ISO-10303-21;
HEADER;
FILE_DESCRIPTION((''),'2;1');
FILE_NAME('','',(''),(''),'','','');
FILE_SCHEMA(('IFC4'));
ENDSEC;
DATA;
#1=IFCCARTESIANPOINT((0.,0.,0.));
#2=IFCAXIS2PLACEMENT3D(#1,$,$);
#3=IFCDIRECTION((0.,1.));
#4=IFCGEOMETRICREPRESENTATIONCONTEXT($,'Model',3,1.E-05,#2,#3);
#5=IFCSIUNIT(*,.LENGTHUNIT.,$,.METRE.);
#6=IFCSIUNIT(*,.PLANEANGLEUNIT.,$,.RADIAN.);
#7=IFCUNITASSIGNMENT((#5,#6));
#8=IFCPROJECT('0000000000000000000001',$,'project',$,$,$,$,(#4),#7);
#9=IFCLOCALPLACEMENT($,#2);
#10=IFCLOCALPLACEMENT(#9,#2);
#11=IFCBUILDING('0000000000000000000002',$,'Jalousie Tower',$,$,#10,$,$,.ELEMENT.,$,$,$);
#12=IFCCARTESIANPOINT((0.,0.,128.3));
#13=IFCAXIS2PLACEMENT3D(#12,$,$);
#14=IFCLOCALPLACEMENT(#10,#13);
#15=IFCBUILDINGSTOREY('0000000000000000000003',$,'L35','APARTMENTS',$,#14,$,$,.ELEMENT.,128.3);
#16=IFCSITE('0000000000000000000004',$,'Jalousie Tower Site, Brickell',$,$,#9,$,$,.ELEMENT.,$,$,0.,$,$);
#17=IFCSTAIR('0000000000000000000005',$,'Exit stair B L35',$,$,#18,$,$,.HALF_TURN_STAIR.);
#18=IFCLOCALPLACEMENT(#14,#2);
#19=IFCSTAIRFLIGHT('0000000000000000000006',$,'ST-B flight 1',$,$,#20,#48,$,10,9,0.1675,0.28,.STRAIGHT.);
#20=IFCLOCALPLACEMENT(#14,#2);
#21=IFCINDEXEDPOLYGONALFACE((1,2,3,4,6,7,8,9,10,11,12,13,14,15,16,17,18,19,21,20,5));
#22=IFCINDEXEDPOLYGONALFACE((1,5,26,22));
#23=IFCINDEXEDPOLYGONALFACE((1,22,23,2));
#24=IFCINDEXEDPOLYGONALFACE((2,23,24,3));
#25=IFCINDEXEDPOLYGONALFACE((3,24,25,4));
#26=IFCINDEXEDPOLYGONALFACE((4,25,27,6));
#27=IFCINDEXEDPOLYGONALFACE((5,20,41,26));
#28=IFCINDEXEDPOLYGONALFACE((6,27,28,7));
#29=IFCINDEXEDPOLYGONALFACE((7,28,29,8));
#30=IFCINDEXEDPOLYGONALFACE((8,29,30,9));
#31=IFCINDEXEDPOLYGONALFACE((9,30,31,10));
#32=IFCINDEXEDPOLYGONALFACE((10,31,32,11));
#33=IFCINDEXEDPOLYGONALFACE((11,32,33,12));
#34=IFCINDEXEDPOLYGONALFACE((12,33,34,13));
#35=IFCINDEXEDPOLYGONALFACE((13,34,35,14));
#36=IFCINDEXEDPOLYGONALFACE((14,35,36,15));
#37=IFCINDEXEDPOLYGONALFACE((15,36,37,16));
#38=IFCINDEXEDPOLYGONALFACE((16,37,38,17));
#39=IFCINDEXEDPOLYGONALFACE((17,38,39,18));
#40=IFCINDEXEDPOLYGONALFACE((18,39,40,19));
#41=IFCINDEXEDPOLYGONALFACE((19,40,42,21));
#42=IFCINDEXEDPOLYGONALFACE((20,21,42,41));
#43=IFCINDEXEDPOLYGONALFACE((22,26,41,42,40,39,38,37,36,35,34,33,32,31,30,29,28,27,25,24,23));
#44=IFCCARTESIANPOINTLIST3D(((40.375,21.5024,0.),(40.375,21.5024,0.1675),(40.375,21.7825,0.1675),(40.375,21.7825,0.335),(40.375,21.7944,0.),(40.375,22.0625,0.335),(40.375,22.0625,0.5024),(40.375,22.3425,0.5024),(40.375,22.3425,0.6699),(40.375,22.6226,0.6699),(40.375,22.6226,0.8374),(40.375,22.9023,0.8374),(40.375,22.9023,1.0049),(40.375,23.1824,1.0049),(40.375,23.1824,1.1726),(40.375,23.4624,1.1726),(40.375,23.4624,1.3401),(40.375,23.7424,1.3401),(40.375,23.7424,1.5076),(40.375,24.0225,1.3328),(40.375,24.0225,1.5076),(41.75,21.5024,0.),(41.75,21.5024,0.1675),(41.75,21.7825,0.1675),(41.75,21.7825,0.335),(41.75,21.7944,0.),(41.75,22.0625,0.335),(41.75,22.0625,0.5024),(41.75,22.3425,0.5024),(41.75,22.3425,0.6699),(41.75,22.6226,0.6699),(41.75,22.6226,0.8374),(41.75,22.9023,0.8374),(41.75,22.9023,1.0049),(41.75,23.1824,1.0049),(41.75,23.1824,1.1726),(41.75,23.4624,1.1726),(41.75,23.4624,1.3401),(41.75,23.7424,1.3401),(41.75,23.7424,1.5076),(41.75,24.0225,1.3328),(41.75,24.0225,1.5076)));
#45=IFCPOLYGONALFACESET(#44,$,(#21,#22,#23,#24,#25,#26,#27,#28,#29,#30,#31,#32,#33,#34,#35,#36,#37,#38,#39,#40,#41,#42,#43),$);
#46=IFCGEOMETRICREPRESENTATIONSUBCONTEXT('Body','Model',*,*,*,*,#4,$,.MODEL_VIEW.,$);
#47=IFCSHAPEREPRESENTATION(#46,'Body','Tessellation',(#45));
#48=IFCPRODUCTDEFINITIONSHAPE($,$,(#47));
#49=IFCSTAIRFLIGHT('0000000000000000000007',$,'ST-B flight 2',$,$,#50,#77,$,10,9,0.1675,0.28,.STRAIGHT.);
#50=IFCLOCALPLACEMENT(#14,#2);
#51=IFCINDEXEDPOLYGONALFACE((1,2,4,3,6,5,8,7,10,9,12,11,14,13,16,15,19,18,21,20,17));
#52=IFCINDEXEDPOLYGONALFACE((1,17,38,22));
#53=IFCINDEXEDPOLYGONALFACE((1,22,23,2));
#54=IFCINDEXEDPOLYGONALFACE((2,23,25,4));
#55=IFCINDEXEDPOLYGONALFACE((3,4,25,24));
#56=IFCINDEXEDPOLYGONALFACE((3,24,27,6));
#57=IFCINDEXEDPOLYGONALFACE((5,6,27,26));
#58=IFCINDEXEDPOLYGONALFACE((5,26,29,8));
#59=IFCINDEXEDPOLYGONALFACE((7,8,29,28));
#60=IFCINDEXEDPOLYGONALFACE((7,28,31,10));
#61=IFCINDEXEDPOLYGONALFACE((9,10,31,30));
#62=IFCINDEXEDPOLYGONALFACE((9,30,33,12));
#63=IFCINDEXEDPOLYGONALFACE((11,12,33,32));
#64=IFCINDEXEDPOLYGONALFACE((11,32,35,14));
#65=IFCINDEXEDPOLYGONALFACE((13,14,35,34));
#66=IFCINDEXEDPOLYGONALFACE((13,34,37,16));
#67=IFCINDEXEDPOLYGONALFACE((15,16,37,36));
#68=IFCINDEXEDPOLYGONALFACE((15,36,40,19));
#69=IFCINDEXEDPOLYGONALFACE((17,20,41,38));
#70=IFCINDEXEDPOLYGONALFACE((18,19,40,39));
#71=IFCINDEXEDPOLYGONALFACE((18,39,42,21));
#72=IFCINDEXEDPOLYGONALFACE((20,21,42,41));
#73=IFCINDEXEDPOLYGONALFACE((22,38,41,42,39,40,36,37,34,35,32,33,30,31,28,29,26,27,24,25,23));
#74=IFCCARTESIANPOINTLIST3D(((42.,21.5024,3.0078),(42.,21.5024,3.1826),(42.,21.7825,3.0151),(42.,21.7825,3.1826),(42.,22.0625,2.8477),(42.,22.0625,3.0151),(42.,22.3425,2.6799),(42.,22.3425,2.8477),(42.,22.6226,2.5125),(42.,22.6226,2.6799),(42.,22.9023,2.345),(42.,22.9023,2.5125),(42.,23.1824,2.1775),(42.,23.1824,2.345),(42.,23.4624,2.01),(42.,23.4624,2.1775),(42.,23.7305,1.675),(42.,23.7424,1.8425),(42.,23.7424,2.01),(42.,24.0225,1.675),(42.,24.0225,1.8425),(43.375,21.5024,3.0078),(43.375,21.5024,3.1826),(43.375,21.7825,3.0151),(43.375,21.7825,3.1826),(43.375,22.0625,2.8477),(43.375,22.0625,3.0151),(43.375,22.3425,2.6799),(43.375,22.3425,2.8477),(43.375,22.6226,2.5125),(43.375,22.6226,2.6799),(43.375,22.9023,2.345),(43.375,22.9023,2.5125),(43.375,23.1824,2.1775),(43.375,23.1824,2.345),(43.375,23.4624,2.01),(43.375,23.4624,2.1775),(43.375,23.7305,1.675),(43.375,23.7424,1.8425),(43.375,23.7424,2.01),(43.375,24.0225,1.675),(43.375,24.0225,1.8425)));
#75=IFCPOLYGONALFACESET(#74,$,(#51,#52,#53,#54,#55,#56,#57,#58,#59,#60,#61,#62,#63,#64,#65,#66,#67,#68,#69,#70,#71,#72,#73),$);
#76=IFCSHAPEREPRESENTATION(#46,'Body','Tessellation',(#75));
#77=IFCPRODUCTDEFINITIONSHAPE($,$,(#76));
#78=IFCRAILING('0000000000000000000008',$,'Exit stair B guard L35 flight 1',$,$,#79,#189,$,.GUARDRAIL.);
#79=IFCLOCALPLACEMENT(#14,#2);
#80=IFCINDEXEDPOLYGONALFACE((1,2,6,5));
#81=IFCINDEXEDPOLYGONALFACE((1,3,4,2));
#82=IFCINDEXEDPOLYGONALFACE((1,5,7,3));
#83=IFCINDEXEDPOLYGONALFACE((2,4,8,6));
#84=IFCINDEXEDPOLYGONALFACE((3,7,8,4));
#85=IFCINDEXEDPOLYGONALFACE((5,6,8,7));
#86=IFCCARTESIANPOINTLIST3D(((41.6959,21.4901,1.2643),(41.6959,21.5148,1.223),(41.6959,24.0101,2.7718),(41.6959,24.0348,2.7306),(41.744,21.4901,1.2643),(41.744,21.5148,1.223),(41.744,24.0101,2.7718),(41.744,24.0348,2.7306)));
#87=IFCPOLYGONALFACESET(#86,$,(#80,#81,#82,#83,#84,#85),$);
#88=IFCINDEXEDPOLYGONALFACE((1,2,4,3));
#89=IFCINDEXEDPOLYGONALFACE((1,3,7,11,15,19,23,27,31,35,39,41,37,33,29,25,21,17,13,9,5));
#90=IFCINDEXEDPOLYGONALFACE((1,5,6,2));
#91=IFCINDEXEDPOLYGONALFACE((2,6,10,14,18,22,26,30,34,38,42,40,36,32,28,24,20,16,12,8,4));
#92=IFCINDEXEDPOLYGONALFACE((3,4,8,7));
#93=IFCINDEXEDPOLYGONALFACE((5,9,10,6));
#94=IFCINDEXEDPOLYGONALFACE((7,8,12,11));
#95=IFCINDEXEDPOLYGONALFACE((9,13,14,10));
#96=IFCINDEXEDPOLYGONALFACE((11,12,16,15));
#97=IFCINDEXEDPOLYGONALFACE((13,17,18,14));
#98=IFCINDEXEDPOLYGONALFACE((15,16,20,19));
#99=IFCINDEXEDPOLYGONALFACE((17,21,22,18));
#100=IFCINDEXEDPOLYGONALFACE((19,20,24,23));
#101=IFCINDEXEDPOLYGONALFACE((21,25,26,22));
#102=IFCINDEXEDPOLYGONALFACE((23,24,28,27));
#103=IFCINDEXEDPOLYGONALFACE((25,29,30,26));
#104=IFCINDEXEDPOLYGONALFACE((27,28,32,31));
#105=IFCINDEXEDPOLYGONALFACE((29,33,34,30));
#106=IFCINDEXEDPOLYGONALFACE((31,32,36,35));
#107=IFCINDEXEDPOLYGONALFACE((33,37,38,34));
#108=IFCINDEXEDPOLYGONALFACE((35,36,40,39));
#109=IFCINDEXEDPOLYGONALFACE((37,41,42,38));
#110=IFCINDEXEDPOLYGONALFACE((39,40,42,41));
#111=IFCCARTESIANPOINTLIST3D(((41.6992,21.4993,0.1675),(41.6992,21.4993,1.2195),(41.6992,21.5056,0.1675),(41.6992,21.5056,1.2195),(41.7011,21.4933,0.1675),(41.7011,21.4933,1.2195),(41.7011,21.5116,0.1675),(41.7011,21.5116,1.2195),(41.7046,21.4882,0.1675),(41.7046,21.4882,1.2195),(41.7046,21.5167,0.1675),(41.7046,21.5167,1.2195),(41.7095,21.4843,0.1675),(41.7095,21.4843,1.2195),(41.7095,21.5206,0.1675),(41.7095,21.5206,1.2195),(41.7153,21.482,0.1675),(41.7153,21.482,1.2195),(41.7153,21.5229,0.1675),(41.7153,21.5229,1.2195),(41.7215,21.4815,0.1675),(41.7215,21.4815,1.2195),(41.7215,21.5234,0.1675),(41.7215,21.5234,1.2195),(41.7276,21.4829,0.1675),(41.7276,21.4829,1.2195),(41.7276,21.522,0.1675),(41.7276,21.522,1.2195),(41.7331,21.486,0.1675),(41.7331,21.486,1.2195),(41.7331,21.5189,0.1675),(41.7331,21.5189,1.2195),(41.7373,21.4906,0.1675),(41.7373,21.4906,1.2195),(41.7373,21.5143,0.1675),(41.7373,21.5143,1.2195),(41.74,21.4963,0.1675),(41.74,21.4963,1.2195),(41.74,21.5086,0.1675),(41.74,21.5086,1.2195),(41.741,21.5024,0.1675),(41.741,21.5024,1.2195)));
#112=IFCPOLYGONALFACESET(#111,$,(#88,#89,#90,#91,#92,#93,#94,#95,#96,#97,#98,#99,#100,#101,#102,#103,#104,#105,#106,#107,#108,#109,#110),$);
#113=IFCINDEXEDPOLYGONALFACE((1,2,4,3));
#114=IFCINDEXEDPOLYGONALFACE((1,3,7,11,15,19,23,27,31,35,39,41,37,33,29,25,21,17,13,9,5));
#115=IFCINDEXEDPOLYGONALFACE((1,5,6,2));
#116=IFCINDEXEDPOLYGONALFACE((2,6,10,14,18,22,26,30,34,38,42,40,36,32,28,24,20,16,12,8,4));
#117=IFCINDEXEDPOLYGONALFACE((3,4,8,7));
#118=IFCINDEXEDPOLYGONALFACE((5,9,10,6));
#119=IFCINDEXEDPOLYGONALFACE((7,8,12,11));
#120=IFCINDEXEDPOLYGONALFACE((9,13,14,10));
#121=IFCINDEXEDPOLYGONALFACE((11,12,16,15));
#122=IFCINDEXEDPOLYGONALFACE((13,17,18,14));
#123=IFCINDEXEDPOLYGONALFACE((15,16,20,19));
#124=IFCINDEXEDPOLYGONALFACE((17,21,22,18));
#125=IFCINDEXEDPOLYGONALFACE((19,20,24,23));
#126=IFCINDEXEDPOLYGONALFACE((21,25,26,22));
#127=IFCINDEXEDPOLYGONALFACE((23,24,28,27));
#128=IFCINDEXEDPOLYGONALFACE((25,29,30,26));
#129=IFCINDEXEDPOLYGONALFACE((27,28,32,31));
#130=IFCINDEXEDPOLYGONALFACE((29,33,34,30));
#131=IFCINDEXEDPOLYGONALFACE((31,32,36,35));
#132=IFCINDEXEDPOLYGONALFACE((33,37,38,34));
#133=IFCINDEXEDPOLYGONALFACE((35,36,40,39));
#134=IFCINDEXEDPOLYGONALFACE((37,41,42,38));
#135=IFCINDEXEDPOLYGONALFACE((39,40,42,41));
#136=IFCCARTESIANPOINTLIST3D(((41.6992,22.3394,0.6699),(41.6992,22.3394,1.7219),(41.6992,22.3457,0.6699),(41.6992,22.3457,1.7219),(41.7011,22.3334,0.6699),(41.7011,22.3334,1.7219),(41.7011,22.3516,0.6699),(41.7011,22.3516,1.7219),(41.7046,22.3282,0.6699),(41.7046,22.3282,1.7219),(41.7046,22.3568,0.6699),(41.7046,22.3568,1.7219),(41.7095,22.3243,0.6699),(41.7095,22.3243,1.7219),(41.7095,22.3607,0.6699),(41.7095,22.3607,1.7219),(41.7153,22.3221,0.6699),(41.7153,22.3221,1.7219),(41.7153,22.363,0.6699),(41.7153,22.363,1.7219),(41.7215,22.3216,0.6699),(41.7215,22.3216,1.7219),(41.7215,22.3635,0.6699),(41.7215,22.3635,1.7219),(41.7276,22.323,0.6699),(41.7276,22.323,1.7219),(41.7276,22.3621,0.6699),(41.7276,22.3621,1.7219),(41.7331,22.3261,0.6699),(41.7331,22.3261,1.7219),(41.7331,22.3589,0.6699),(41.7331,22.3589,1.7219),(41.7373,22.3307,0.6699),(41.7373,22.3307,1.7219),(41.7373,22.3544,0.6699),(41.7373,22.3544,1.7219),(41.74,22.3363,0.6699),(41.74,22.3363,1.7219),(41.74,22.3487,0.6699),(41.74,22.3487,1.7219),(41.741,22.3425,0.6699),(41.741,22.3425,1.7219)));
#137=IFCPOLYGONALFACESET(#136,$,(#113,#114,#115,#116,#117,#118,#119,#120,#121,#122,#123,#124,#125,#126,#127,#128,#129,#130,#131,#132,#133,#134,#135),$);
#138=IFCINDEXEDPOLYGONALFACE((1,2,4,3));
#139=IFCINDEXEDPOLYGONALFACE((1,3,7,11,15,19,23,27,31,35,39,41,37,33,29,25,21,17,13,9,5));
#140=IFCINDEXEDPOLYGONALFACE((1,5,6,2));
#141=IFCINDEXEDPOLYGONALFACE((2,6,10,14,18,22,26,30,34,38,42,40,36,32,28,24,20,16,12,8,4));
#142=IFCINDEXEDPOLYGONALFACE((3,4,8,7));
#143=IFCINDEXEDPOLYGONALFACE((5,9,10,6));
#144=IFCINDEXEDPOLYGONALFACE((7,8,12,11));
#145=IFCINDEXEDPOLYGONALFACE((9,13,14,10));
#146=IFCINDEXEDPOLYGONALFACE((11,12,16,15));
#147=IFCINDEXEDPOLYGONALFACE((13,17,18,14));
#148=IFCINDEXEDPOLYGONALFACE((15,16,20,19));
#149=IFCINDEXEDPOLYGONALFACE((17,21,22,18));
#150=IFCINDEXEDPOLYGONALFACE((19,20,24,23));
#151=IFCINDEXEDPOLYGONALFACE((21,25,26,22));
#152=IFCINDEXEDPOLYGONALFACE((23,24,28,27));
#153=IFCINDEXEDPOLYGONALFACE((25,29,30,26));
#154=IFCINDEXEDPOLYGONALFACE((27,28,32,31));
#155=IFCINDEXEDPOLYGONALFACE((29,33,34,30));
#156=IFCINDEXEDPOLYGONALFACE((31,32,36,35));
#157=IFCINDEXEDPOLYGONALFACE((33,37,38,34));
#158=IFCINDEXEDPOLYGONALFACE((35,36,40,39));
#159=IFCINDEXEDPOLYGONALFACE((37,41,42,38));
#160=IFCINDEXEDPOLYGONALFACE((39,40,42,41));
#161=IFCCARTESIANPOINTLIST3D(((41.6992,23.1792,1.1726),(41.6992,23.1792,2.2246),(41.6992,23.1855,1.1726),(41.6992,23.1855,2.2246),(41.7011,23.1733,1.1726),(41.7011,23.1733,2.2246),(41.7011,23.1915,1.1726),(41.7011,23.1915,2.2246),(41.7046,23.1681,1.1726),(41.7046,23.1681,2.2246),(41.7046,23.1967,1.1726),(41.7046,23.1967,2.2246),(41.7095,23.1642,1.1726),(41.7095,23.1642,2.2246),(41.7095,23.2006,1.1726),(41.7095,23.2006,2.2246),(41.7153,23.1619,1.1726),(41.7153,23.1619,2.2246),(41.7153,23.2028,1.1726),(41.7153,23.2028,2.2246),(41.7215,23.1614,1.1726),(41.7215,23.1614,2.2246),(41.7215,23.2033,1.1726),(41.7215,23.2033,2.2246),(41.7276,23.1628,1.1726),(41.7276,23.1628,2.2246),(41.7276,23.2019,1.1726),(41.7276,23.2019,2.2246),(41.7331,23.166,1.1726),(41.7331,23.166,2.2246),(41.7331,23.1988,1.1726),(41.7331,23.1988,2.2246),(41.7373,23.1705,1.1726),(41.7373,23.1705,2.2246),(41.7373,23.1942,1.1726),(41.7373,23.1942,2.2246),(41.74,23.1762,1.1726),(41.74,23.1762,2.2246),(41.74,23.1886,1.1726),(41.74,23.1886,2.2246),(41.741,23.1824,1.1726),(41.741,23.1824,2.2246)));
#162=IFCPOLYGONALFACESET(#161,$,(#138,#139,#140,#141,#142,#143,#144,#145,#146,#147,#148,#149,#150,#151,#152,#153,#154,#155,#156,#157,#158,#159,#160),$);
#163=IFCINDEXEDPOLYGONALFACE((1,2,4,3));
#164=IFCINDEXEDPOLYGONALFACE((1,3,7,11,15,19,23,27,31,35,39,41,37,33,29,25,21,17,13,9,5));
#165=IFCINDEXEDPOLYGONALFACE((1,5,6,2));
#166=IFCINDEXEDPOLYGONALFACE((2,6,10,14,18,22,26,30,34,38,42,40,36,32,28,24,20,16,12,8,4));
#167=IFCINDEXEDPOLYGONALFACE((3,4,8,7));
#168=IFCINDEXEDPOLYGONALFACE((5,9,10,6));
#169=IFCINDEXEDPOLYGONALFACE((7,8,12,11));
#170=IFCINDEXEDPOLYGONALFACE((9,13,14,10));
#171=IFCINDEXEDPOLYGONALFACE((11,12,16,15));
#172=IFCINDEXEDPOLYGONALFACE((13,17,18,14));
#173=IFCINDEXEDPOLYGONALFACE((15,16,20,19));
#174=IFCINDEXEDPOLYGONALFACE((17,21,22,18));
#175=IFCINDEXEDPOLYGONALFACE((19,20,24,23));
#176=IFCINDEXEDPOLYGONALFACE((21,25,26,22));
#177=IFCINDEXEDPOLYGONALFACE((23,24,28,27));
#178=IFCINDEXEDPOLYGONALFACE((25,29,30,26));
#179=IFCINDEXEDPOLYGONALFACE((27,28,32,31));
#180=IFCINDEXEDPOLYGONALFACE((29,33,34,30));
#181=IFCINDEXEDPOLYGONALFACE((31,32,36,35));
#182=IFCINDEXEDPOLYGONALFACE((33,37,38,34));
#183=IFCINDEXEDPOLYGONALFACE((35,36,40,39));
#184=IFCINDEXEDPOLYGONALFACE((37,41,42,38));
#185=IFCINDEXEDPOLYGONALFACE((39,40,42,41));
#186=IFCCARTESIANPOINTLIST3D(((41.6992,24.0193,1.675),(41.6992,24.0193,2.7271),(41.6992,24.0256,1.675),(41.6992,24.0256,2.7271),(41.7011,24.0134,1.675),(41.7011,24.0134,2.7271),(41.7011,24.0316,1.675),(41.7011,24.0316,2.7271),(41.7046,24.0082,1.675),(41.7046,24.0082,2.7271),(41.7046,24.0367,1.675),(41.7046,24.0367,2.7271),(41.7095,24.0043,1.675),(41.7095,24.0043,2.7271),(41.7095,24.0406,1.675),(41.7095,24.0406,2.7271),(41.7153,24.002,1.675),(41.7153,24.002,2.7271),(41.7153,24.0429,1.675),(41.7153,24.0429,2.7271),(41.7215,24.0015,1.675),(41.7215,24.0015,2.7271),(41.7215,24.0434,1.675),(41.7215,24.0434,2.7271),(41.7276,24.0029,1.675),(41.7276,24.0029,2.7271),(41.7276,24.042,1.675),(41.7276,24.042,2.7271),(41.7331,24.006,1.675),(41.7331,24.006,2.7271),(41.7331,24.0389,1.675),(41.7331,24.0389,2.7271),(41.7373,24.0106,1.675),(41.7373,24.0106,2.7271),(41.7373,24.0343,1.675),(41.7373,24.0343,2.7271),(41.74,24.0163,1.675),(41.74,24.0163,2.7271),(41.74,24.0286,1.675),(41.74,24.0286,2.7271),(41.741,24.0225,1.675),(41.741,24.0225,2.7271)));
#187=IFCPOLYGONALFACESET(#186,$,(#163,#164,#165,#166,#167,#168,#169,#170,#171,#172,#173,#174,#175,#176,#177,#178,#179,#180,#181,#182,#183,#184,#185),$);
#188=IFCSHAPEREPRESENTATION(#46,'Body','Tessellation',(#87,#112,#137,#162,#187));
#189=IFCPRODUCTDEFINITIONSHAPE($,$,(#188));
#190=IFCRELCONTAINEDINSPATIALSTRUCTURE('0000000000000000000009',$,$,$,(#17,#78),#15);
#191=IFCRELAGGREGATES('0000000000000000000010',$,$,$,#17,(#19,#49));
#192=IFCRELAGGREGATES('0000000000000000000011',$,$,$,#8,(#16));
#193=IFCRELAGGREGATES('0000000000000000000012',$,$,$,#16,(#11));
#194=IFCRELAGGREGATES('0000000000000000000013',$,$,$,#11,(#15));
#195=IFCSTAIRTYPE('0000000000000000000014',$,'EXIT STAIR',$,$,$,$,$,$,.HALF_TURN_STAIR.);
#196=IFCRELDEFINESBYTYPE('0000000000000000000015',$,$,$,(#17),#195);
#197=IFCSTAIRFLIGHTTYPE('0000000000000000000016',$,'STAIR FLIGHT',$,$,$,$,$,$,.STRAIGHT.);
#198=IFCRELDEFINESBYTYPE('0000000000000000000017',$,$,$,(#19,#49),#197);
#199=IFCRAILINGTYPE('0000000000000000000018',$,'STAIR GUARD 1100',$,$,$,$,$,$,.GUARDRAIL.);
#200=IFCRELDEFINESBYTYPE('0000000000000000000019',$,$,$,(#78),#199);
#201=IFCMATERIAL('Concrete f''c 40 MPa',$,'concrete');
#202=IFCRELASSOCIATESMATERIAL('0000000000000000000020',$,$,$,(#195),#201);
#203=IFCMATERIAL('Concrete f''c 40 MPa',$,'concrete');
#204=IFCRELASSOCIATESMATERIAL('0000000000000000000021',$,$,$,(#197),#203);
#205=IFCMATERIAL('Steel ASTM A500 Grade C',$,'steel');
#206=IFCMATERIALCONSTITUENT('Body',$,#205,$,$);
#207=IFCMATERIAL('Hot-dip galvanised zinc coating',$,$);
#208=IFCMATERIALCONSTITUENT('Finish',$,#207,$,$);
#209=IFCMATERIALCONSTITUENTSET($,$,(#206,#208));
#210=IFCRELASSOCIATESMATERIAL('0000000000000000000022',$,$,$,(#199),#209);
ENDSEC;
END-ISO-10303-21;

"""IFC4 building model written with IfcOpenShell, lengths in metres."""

from ifc_helpers import new_model, si_unit, direction, frame, origin, origin_2d, place, context, subcontext, project, spatial, polyline, rectangle, circle, outline, extrude, material, constituent, constituent_set, type_object, element, aggregate, save


model = new_model("IFC4")

# Units and contexts
model_context = context("Model", 3, precision=1e-05, world=origin(), true_north=direction((0.0, 1.0)))
body_context = subcontext(model_context, "Body", "Model", "MODEL_VIEW")
ifc_project = project(units=[si_unit("LENGTHUNIT", "METRE"), si_unit("PLANEANGLEUNIT", "RADIAN")], contexts=[model_context])

# Site, building, storey
site_placement = place(None, origin())
site = spatial("IfcSite", under=ifc_project, at=site_placement, Name="Jalousie Tower Site, Brickell", CompositionType="ELEMENT", RefElevation=0.0)
building_placement = place(site_placement, origin())
building = spatial("IfcBuilding", under=site, at=building_placement, Name="Jalousie Tower", CompositionType="ELEMENT")
storey_placement = place(building_placement, frame((0.0, 0.0, 128.3)))
storey = spatial("IfcBuildingStorey", under=building, at=storey_placement, Name="L35", Description="APARTMENTS", CompositionType="ELEMENT", Elevation=128.3)

# Stair, stair flights
ifc_material_1 = material(Name="Concrete f'c 40 MPa", Category="concrete")
stair_type = type_object("IfcStairType", Name="EXIT STAIR", PredefinedType="HALF_TURN_STAIR", material=ifc_material_1)
stair_placement = place(storey_placement, origin())
stair = element("IfcStair", 1, at=stair_placement, inside=storey, type_object=stair_type, Name="Exit stair B L35", PredefinedType="HALF_TURN_STAIR")
ifc_material_2 = material(Name="Concrete f'c 40 MPa", Category="concrete")
stair_flight_type = type_object("IfcStairFlightType", Name="STAIR FLIGHT", PredefinedType="STRAIGHT", material=ifc_material_2)
stair_flight_1_placement = place(storey_placement, frame((41.0625, 21.5024, 0.0), z_axis=(0.0, 0.0, 1.0), x_axis=(0.0, 1.0, 0.0)))
stair_flight_1 = element("IfcStairFlight", 2, at=stair_flight_1_placement, type_object=stair_flight_type, Name="ST-B flight 1", NumberOfRisers=10, NumberOfTreads=9, PredefinedType="STRAIGHT", RiserHeight=0.1675, TreadLength=0.28, context=body_context, shape_type="SweptSolid", body=[
    extrude(outline(polyline([(0.0, 0.0), (0.0, 0.1675), (0.28, 0.1675), (0.28, 0.335), (0.5601, 0.335), (0.5601, 0.5024), (0.8401, 0.5024), (0.8401, 0.6699), (1.1201, 0.6699), (1.1201, 0.8374), (1.3999, 0.8374), (1.3999, 1.0049), (1.6799, 1.0049), (1.6799, 1.1726), (1.96, 1.1726), (1.96, 1.3401), (2.24, 1.3401), (2.24, 1.5076), (2.52, 1.5076), (2.52, 1.675), (2.52, 1.3328), (0.292, 0.0), (0.0, 0.0)])), frame((0.0, 0.6875, 0.0), z_axis=(0.0, -1.0, 0.0), x_axis=(1.0, 0.0, 0.0)), (0.0, 0.0, 1.0), 1.375),
])
stair_flight_2_placement = place(storey_placement, frame((42.6875, 24.0225, 1.675), z_axis=(0.0, 0.0, 1.0), x_axis=(0.0, -1.0, 0.0)))
stair_flight_2 = element("IfcStairFlight", 3, at=stair_flight_2_placement, type_object=stair_flight_type, Name="ST-B flight 2", NumberOfRisers=10, NumberOfTreads=9, PredefinedType="STRAIGHT", RiserHeight=0.1675, TreadLength=0.28, context=body_context, shape_type="SweptSolid", body=[
    extrude(outline(polyline([(0.0, 0.0), (0.0, 0.1675), (0.28, 0.1675), (0.28, 0.335), (0.5601, 0.335), (0.5601, 0.5024), (0.8401, 0.5024), (0.8401, 0.6699), (1.1201, 0.6699), (1.1201, 0.8374), (1.3999, 0.8374), (1.3999, 1.0049), (1.6799, 1.0049), (1.6799, 1.1726), (1.96, 1.1726), (1.96, 1.3401), (2.24, 1.3401), (2.24, 1.5076), (2.52, 1.5076), (2.52, 1.675), (2.52, 1.3328), (0.292, 0.0), (0.0, 0.0)])), frame((0.0, 0.6875, 0.0), z_axis=(0.0, -1.0, 0.0), x_axis=(1.0, 0.0, 0.0)), (0.0, 0.0, 1.0), 1.375),
])
aggregate(stair, [stair_flight_1, stair_flight_2])

# Railing
ifc_material_3 = material(Name="Steel ASTM A500 Grade C", Category="steel")
ifc_constituent_1 = constituent(ifc_material_3, Name="Body")
ifc_material_4 = material(Name="Hot-dip galvanised zinc coating")
ifc_constituent_2 = constituent(ifc_material_4, Name="Finish")
ifc_constituent_set_1 = constituent_set(constituents=[ifc_constituent_1, ifc_constituent_2])
railing_type_1 = type_object("IfcRailingType", Name="STAIR GUARD 1100", PredefinedType="GUARDRAIL", material=ifc_constituent_set_1)
railing_1_placement = place(storey_placement, frame((41.72, 21.5024, 0.1675)))
element("IfcRailing", 4, at=railing_1_placement, inside=storey, type_object=railing_type_1, Name="Exit stair B guard L35 flight 1", PredefinedType="GUARDRAIL", context=body_context, shape_type="SweptSolid", body=[
    extrude(rectangle(XDim=0.0481, YDim=0.0481, at=origin_2d()), frame((0.0, 0.0, 1.0762), z_axis=(0.0, 0.85816, 0.513383), x_axis=(-1.0, 0.0, 0.0)), (0.0, 0.0, 1.0), 2.9365),
    extrude(circle(Radius=0.021, at=origin_2d()), origin(), (0.0, 0.0, 1.0), 1.052),
    extrude(circle(Radius=0.021, at=origin_2d()), frame((0.0, 0.8401, 0.5024)), (0.0, 0.0, 1.0), 1.052),
    extrude(circle(Radius=0.021, at=origin_2d()), frame((0.0, 1.6799, 1.0051)), (0.0, 0.0, 1.0), 1.052),
    extrude(circle(Radius=0.021, at=origin_2d()), frame((0.0, 2.52, 1.5076)), (0.0, 0.0, 1.0), 1.052),
])

save(model, "model.ifc")
